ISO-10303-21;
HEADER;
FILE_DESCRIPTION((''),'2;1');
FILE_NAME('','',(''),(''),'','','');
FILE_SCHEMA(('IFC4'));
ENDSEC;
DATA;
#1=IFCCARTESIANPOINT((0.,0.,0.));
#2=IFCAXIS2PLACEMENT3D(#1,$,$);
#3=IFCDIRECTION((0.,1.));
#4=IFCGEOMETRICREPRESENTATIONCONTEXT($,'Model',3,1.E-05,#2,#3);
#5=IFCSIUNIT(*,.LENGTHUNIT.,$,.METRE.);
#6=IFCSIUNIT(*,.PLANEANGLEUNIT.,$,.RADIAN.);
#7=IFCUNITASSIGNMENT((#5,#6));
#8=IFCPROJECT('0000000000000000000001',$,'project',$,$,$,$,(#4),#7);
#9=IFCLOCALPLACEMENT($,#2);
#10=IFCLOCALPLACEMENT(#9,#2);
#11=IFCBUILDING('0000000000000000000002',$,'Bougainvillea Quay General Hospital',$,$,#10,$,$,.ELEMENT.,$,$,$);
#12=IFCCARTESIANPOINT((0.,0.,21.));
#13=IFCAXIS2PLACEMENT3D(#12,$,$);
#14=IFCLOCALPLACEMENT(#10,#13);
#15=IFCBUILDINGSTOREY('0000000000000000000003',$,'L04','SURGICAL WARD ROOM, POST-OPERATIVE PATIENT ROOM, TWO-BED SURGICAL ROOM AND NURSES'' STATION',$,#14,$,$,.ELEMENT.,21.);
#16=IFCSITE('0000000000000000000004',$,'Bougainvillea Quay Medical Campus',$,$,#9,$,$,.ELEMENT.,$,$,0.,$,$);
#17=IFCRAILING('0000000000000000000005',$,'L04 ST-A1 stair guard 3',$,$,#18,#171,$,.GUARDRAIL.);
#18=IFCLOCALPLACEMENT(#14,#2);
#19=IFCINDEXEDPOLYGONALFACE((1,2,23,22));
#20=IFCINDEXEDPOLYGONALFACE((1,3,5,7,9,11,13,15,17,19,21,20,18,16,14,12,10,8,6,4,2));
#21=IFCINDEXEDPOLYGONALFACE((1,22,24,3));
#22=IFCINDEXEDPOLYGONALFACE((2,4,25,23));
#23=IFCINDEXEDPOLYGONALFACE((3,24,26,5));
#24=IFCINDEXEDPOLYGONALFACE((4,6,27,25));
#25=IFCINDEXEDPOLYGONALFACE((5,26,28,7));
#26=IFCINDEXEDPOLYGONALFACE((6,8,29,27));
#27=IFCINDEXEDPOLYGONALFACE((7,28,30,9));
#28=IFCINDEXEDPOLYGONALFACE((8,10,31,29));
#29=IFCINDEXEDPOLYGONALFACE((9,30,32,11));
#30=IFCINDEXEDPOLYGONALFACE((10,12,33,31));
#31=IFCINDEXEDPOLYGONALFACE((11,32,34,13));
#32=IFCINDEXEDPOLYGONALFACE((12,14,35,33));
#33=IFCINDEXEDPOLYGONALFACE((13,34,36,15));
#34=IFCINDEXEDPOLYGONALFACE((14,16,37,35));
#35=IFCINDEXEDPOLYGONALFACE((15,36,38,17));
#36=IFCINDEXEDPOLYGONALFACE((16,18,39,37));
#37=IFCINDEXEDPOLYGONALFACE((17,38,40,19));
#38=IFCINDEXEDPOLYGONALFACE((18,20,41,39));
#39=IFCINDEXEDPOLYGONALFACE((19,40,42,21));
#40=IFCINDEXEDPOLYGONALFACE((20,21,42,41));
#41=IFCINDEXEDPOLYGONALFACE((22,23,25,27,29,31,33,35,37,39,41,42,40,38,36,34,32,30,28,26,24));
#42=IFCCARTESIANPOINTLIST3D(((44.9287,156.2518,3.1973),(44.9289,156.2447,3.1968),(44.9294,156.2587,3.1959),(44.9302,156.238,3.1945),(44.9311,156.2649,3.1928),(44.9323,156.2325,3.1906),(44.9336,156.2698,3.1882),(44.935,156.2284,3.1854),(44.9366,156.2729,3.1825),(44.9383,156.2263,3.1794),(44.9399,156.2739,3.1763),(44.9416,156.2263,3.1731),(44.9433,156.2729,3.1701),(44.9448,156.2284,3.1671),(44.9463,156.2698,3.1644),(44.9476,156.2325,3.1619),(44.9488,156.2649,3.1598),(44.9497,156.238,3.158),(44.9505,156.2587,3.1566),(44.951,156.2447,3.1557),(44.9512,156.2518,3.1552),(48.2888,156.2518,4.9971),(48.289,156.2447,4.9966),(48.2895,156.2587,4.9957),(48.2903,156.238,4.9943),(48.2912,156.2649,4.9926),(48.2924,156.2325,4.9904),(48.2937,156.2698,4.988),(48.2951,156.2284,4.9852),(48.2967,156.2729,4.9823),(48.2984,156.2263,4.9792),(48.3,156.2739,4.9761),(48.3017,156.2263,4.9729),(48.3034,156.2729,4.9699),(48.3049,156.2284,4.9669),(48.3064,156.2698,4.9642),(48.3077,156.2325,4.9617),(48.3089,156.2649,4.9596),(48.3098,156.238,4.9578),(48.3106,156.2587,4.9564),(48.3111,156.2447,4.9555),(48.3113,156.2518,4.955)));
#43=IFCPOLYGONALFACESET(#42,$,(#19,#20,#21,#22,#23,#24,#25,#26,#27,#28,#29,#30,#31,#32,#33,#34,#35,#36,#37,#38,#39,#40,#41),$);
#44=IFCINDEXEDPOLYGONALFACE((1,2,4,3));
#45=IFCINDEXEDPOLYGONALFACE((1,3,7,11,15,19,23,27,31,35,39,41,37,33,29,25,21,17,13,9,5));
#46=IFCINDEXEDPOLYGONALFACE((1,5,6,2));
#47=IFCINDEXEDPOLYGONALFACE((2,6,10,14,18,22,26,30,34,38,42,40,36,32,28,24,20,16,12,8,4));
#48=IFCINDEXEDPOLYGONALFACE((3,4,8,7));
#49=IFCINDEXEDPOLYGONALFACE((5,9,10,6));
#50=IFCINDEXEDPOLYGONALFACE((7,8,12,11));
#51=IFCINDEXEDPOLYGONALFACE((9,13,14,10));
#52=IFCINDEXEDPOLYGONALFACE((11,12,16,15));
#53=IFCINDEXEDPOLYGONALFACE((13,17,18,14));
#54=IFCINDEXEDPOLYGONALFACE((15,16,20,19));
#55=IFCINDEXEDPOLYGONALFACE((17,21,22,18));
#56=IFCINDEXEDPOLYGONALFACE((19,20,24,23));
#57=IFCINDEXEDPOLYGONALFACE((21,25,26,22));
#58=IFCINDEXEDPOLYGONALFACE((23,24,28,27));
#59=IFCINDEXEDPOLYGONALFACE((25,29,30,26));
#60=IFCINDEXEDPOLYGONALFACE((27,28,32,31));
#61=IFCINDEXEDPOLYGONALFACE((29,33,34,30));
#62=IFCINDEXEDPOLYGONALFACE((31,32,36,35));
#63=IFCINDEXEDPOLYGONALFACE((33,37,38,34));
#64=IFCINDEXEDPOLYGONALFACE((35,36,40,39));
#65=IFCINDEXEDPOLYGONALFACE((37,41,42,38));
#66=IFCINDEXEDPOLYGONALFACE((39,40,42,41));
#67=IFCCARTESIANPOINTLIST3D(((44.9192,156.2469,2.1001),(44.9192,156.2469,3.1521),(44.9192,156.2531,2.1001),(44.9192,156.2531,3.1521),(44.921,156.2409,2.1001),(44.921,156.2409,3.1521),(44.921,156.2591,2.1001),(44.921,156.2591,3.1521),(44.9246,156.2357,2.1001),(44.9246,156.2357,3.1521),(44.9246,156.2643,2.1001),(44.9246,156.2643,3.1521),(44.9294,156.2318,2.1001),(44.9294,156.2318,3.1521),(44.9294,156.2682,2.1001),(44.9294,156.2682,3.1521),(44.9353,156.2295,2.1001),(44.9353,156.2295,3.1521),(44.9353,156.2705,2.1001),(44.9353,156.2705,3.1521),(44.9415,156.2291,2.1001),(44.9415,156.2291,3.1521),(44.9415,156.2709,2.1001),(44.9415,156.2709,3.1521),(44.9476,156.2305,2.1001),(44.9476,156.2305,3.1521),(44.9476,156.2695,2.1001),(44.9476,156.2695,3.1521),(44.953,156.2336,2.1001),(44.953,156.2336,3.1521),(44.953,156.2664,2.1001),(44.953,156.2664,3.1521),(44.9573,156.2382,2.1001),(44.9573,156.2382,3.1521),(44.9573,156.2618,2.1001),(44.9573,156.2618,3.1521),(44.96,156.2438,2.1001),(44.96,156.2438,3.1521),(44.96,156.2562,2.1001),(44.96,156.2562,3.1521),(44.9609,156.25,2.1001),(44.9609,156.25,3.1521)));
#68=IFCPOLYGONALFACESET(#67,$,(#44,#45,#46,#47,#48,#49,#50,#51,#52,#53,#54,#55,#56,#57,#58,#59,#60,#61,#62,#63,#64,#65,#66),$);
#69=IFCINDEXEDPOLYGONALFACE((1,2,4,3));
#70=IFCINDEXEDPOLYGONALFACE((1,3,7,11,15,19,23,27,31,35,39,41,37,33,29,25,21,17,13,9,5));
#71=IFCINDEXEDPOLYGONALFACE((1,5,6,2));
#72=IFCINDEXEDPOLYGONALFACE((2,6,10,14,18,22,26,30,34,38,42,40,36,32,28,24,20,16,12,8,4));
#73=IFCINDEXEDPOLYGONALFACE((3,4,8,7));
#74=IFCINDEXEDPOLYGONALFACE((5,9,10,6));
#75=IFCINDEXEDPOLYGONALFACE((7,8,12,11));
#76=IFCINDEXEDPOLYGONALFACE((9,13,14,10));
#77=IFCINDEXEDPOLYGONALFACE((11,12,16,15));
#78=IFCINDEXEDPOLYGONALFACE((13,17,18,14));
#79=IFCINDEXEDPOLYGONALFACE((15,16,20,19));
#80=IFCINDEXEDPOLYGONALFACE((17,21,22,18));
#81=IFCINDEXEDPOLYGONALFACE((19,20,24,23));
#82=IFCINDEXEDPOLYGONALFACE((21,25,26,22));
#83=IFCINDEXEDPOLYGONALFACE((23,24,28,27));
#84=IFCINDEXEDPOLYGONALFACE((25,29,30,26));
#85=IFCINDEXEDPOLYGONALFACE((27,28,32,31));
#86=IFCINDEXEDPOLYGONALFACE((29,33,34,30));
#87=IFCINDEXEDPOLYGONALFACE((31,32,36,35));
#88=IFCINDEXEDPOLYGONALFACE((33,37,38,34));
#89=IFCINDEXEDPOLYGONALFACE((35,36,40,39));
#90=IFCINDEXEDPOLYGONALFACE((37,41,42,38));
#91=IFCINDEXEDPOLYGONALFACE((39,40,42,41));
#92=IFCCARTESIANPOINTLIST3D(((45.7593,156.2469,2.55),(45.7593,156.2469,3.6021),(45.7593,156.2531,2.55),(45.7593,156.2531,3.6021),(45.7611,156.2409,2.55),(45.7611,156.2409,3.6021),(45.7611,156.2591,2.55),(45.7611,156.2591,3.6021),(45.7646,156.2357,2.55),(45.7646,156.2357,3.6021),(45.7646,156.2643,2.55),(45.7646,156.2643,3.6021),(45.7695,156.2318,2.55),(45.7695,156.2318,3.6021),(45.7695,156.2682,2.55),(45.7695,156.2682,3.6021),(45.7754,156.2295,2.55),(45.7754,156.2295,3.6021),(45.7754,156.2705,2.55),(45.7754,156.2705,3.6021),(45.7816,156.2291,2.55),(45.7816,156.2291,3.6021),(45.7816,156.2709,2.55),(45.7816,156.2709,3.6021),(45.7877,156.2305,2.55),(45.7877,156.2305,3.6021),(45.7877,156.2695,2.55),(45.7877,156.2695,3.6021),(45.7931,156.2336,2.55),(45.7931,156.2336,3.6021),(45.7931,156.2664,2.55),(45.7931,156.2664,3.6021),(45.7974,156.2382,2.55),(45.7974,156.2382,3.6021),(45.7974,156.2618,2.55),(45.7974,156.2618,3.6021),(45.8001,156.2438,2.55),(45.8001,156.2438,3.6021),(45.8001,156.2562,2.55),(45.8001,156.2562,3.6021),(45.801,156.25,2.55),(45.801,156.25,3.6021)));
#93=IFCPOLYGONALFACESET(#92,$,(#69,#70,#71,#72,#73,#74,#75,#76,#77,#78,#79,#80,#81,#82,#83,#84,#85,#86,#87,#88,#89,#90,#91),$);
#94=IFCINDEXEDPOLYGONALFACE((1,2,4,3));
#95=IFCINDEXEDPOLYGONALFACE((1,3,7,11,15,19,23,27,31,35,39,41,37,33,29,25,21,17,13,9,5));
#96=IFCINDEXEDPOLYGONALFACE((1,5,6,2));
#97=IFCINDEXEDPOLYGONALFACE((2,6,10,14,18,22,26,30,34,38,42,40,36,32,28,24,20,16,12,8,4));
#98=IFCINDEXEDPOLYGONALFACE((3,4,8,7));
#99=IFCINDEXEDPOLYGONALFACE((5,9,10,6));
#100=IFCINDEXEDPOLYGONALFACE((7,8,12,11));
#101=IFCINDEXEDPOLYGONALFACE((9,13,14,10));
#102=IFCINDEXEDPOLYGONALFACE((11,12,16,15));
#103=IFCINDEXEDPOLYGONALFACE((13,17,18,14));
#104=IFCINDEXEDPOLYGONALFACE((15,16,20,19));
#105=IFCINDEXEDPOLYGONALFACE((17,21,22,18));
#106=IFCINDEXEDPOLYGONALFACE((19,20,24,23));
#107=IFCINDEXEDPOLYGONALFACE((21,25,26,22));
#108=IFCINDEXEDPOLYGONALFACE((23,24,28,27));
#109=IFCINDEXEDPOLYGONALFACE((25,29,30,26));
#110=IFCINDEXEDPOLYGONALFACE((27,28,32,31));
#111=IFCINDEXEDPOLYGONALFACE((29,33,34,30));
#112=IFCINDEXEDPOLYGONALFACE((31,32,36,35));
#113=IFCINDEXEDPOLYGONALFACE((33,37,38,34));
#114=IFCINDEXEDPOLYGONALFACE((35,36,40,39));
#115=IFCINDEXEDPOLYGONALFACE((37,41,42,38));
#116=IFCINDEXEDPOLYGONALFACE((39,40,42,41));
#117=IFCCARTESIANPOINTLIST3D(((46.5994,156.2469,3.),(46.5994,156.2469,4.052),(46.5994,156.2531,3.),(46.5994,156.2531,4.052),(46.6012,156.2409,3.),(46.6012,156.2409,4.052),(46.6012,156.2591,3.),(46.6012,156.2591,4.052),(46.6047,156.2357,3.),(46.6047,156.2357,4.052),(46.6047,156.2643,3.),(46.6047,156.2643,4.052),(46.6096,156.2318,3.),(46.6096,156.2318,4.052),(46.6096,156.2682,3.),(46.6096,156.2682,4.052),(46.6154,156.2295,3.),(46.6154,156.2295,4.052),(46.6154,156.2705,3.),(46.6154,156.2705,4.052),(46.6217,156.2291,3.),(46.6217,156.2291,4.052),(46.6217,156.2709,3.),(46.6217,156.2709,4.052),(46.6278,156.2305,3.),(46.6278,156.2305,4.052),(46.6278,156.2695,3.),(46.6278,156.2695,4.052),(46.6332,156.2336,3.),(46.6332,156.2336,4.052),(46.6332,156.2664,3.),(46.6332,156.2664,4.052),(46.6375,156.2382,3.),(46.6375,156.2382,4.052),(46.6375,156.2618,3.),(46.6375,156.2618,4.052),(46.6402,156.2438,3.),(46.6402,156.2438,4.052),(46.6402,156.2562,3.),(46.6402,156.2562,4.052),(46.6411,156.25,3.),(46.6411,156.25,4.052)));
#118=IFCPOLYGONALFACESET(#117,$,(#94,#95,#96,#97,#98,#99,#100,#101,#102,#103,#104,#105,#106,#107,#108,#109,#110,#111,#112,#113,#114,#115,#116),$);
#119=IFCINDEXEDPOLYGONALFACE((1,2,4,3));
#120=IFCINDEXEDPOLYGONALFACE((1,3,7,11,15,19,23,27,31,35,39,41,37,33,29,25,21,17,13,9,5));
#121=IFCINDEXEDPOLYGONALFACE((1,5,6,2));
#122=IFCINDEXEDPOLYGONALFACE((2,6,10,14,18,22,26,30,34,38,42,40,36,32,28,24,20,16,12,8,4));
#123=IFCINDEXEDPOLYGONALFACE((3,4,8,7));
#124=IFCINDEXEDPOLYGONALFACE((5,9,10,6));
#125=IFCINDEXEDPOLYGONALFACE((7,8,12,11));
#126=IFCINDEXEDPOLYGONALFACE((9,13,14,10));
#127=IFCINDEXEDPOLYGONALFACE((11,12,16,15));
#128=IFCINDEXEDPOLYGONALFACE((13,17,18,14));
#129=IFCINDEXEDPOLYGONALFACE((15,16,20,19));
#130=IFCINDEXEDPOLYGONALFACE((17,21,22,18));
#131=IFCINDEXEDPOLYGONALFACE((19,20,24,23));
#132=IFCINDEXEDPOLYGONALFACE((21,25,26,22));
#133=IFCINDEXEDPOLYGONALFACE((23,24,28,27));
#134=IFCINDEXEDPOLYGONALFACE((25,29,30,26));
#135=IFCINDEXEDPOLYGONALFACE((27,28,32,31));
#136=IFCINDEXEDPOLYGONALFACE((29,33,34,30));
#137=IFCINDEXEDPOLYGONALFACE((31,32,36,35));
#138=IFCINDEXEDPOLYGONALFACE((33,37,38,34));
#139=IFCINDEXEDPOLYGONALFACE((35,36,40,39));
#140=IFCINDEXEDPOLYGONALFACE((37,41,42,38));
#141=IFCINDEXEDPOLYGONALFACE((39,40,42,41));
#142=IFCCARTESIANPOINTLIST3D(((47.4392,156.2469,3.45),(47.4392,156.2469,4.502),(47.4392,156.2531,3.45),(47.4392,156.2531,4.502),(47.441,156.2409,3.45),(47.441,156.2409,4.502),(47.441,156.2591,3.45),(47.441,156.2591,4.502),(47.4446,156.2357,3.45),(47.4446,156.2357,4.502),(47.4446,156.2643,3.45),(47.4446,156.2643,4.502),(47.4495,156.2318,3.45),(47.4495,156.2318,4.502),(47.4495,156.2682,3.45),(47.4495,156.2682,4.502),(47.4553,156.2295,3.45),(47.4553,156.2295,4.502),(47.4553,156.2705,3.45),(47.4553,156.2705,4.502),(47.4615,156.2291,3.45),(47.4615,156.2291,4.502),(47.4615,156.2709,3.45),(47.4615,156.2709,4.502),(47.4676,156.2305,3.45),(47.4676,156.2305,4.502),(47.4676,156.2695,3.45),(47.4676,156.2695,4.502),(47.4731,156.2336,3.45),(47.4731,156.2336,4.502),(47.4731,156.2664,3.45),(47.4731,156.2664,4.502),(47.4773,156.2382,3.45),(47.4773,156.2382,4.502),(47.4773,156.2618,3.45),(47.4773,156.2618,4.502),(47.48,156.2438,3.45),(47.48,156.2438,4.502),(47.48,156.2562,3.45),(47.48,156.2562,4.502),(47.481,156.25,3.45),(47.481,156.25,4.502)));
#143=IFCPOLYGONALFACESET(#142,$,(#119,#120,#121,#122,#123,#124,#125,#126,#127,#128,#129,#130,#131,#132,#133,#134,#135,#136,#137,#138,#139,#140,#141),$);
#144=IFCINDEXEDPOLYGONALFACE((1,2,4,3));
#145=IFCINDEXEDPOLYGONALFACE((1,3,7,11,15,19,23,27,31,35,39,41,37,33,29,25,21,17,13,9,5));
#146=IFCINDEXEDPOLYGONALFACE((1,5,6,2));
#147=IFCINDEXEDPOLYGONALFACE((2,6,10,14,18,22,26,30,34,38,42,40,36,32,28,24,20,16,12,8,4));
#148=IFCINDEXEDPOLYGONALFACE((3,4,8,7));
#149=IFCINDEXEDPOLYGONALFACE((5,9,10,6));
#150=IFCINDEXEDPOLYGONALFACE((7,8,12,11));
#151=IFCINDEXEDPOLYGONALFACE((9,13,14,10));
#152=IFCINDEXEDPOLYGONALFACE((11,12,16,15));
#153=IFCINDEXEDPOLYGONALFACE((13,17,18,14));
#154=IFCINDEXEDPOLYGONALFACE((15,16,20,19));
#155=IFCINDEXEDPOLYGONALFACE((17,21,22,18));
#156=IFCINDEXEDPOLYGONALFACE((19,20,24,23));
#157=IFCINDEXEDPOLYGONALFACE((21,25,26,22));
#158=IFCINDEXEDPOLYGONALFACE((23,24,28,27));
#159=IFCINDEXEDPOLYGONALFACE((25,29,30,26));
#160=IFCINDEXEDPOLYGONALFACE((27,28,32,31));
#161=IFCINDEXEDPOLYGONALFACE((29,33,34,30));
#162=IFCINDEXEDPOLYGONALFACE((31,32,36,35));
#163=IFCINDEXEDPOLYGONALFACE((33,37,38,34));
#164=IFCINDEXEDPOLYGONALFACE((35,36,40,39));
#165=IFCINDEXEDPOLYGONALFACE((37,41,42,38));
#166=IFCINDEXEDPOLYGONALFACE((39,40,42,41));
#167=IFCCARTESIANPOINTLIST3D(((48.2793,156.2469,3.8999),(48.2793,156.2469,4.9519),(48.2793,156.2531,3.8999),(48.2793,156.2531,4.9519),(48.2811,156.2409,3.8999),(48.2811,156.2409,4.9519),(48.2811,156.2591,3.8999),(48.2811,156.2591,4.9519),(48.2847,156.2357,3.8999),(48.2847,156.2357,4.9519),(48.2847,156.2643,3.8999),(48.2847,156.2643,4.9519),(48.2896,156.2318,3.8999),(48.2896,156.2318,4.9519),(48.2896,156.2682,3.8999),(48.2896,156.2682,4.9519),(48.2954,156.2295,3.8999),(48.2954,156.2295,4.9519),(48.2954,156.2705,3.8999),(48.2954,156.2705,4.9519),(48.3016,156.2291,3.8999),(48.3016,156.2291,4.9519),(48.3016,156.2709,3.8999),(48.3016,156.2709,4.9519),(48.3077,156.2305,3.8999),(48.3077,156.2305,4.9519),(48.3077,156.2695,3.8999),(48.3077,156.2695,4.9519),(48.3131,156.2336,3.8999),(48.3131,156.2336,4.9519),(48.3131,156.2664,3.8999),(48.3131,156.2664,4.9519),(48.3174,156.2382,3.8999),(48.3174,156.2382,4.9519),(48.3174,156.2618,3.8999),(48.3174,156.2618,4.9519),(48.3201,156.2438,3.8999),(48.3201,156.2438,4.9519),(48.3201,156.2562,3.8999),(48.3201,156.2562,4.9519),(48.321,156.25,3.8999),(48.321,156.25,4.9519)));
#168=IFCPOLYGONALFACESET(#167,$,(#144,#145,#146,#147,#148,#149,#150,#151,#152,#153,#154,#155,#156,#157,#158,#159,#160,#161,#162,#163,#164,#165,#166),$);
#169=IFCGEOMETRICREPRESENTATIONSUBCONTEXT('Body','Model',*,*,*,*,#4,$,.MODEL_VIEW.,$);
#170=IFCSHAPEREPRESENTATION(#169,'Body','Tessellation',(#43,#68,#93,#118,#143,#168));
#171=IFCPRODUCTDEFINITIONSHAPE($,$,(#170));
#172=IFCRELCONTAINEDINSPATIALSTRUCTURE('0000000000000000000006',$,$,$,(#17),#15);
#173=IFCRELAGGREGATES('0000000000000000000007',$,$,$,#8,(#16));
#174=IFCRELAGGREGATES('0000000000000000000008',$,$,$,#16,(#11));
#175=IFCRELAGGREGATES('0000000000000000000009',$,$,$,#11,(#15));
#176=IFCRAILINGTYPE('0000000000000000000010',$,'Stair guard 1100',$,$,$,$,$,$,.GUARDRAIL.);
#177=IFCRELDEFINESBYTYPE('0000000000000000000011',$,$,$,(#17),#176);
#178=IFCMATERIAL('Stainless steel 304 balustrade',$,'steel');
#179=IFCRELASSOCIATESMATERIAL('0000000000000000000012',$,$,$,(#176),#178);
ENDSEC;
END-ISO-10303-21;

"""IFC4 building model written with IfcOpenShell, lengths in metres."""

from ifc_helpers import new_model, si_unit, direction, frame, origin, origin_2d, place, context, subcontext, project, spatial, circle, extrude, material, type_object, element, save


model = new_model("IFC4")

# Units and contexts
model_context = context("Model", 3, precision=1e-05, world=origin(), true_north=direction((0.0, 1.0)))
body_context = subcontext(model_context, "Body", "Model", "MODEL_VIEW")
ifc_project = project(units=[si_unit("LENGTHUNIT", "METRE"), si_unit("PLANEANGLEUNIT", "RADIAN")], contexts=[model_context])

# Site, building, storey
site_placement = place(None, origin())
site = spatial("IfcSite", under=ifc_project, at=site_placement, Name="Bougainvillea Quay Medical Campus", CompositionType="ELEMENT", RefElevation=0.0)
building_placement = place(site_placement, origin())
building = spatial("IfcBuilding", under=site, at=building_placement, Name="Bougainvillea Quay General Hospital", CompositionType="ELEMENT")
storey_placement = place(building_placement, frame((0.0, 0.0, 21.0)))
storey = spatial("IfcBuildingStorey", under=building, at=storey_placement, Name="L04", Description="SURGICAL WARD ROOM, POST-OPERATIVE PATIENT ROOM, TWO-BED SURGICAL ROOM AND NURSES' STATION", CompositionType="ELEMENT", Elevation=21.0)

# Railing
ifc_material_1 = material(Name="Stainless steel 304 balustrade", Category="steel")
railing_type_1 = type_object("IfcRailingType", Name="Stair guard 1100", PredefinedType="GUARDRAIL", material=ifc_material_1)
railing_1_placement = place(storey_placement, frame((44.9399, 156.25, 2.1001)))
element("IfcRailing", 1, at=railing_1_placement, inside=storey, type_object=railing_type_1, Name="L04 ST-A1 stair guard 3", PredefinedType="GUARDRAIL", context=body_context, shape_type="SweptSolid", body=[
    extrude(circle(Radius=0.0239, at=origin_2d()), frame((0.0, 0.0, 1.0762), z_axis=(0.881508, 0.0, 0.47217), x_axis=(0.0, 1.0, 0.0)), (0.0, 0.0, 1.0), 3.8118),
    extrude(circle(Radius=0.021, at=origin_2d()), origin(), (0.0, 0.0, 1.0), 1.052),
    extrude(circle(Radius=0.021, at=origin_2d()), frame((0.8401, 0.0, 0.45)), (0.0, 0.0, 1.0), 1.052),
    extrude(circle(Radius=0.021, at=origin_2d()), frame((1.6802, 0.0, 0.8999)), (0.0, 0.0, 1.0), 1.052),
    extrude(circle(Radius=0.021, at=origin_2d()), frame((2.52, 0.0, 1.3499)), (0.0, 0.0, 1.0), 1.052),
    extrude(circle(Radius=0.021, at=origin_2d()), frame((3.3601, 0.0, 1.7998)), (0.0, 0.0, 1.0), 1.052),
])

save(model, "model.ifc")
